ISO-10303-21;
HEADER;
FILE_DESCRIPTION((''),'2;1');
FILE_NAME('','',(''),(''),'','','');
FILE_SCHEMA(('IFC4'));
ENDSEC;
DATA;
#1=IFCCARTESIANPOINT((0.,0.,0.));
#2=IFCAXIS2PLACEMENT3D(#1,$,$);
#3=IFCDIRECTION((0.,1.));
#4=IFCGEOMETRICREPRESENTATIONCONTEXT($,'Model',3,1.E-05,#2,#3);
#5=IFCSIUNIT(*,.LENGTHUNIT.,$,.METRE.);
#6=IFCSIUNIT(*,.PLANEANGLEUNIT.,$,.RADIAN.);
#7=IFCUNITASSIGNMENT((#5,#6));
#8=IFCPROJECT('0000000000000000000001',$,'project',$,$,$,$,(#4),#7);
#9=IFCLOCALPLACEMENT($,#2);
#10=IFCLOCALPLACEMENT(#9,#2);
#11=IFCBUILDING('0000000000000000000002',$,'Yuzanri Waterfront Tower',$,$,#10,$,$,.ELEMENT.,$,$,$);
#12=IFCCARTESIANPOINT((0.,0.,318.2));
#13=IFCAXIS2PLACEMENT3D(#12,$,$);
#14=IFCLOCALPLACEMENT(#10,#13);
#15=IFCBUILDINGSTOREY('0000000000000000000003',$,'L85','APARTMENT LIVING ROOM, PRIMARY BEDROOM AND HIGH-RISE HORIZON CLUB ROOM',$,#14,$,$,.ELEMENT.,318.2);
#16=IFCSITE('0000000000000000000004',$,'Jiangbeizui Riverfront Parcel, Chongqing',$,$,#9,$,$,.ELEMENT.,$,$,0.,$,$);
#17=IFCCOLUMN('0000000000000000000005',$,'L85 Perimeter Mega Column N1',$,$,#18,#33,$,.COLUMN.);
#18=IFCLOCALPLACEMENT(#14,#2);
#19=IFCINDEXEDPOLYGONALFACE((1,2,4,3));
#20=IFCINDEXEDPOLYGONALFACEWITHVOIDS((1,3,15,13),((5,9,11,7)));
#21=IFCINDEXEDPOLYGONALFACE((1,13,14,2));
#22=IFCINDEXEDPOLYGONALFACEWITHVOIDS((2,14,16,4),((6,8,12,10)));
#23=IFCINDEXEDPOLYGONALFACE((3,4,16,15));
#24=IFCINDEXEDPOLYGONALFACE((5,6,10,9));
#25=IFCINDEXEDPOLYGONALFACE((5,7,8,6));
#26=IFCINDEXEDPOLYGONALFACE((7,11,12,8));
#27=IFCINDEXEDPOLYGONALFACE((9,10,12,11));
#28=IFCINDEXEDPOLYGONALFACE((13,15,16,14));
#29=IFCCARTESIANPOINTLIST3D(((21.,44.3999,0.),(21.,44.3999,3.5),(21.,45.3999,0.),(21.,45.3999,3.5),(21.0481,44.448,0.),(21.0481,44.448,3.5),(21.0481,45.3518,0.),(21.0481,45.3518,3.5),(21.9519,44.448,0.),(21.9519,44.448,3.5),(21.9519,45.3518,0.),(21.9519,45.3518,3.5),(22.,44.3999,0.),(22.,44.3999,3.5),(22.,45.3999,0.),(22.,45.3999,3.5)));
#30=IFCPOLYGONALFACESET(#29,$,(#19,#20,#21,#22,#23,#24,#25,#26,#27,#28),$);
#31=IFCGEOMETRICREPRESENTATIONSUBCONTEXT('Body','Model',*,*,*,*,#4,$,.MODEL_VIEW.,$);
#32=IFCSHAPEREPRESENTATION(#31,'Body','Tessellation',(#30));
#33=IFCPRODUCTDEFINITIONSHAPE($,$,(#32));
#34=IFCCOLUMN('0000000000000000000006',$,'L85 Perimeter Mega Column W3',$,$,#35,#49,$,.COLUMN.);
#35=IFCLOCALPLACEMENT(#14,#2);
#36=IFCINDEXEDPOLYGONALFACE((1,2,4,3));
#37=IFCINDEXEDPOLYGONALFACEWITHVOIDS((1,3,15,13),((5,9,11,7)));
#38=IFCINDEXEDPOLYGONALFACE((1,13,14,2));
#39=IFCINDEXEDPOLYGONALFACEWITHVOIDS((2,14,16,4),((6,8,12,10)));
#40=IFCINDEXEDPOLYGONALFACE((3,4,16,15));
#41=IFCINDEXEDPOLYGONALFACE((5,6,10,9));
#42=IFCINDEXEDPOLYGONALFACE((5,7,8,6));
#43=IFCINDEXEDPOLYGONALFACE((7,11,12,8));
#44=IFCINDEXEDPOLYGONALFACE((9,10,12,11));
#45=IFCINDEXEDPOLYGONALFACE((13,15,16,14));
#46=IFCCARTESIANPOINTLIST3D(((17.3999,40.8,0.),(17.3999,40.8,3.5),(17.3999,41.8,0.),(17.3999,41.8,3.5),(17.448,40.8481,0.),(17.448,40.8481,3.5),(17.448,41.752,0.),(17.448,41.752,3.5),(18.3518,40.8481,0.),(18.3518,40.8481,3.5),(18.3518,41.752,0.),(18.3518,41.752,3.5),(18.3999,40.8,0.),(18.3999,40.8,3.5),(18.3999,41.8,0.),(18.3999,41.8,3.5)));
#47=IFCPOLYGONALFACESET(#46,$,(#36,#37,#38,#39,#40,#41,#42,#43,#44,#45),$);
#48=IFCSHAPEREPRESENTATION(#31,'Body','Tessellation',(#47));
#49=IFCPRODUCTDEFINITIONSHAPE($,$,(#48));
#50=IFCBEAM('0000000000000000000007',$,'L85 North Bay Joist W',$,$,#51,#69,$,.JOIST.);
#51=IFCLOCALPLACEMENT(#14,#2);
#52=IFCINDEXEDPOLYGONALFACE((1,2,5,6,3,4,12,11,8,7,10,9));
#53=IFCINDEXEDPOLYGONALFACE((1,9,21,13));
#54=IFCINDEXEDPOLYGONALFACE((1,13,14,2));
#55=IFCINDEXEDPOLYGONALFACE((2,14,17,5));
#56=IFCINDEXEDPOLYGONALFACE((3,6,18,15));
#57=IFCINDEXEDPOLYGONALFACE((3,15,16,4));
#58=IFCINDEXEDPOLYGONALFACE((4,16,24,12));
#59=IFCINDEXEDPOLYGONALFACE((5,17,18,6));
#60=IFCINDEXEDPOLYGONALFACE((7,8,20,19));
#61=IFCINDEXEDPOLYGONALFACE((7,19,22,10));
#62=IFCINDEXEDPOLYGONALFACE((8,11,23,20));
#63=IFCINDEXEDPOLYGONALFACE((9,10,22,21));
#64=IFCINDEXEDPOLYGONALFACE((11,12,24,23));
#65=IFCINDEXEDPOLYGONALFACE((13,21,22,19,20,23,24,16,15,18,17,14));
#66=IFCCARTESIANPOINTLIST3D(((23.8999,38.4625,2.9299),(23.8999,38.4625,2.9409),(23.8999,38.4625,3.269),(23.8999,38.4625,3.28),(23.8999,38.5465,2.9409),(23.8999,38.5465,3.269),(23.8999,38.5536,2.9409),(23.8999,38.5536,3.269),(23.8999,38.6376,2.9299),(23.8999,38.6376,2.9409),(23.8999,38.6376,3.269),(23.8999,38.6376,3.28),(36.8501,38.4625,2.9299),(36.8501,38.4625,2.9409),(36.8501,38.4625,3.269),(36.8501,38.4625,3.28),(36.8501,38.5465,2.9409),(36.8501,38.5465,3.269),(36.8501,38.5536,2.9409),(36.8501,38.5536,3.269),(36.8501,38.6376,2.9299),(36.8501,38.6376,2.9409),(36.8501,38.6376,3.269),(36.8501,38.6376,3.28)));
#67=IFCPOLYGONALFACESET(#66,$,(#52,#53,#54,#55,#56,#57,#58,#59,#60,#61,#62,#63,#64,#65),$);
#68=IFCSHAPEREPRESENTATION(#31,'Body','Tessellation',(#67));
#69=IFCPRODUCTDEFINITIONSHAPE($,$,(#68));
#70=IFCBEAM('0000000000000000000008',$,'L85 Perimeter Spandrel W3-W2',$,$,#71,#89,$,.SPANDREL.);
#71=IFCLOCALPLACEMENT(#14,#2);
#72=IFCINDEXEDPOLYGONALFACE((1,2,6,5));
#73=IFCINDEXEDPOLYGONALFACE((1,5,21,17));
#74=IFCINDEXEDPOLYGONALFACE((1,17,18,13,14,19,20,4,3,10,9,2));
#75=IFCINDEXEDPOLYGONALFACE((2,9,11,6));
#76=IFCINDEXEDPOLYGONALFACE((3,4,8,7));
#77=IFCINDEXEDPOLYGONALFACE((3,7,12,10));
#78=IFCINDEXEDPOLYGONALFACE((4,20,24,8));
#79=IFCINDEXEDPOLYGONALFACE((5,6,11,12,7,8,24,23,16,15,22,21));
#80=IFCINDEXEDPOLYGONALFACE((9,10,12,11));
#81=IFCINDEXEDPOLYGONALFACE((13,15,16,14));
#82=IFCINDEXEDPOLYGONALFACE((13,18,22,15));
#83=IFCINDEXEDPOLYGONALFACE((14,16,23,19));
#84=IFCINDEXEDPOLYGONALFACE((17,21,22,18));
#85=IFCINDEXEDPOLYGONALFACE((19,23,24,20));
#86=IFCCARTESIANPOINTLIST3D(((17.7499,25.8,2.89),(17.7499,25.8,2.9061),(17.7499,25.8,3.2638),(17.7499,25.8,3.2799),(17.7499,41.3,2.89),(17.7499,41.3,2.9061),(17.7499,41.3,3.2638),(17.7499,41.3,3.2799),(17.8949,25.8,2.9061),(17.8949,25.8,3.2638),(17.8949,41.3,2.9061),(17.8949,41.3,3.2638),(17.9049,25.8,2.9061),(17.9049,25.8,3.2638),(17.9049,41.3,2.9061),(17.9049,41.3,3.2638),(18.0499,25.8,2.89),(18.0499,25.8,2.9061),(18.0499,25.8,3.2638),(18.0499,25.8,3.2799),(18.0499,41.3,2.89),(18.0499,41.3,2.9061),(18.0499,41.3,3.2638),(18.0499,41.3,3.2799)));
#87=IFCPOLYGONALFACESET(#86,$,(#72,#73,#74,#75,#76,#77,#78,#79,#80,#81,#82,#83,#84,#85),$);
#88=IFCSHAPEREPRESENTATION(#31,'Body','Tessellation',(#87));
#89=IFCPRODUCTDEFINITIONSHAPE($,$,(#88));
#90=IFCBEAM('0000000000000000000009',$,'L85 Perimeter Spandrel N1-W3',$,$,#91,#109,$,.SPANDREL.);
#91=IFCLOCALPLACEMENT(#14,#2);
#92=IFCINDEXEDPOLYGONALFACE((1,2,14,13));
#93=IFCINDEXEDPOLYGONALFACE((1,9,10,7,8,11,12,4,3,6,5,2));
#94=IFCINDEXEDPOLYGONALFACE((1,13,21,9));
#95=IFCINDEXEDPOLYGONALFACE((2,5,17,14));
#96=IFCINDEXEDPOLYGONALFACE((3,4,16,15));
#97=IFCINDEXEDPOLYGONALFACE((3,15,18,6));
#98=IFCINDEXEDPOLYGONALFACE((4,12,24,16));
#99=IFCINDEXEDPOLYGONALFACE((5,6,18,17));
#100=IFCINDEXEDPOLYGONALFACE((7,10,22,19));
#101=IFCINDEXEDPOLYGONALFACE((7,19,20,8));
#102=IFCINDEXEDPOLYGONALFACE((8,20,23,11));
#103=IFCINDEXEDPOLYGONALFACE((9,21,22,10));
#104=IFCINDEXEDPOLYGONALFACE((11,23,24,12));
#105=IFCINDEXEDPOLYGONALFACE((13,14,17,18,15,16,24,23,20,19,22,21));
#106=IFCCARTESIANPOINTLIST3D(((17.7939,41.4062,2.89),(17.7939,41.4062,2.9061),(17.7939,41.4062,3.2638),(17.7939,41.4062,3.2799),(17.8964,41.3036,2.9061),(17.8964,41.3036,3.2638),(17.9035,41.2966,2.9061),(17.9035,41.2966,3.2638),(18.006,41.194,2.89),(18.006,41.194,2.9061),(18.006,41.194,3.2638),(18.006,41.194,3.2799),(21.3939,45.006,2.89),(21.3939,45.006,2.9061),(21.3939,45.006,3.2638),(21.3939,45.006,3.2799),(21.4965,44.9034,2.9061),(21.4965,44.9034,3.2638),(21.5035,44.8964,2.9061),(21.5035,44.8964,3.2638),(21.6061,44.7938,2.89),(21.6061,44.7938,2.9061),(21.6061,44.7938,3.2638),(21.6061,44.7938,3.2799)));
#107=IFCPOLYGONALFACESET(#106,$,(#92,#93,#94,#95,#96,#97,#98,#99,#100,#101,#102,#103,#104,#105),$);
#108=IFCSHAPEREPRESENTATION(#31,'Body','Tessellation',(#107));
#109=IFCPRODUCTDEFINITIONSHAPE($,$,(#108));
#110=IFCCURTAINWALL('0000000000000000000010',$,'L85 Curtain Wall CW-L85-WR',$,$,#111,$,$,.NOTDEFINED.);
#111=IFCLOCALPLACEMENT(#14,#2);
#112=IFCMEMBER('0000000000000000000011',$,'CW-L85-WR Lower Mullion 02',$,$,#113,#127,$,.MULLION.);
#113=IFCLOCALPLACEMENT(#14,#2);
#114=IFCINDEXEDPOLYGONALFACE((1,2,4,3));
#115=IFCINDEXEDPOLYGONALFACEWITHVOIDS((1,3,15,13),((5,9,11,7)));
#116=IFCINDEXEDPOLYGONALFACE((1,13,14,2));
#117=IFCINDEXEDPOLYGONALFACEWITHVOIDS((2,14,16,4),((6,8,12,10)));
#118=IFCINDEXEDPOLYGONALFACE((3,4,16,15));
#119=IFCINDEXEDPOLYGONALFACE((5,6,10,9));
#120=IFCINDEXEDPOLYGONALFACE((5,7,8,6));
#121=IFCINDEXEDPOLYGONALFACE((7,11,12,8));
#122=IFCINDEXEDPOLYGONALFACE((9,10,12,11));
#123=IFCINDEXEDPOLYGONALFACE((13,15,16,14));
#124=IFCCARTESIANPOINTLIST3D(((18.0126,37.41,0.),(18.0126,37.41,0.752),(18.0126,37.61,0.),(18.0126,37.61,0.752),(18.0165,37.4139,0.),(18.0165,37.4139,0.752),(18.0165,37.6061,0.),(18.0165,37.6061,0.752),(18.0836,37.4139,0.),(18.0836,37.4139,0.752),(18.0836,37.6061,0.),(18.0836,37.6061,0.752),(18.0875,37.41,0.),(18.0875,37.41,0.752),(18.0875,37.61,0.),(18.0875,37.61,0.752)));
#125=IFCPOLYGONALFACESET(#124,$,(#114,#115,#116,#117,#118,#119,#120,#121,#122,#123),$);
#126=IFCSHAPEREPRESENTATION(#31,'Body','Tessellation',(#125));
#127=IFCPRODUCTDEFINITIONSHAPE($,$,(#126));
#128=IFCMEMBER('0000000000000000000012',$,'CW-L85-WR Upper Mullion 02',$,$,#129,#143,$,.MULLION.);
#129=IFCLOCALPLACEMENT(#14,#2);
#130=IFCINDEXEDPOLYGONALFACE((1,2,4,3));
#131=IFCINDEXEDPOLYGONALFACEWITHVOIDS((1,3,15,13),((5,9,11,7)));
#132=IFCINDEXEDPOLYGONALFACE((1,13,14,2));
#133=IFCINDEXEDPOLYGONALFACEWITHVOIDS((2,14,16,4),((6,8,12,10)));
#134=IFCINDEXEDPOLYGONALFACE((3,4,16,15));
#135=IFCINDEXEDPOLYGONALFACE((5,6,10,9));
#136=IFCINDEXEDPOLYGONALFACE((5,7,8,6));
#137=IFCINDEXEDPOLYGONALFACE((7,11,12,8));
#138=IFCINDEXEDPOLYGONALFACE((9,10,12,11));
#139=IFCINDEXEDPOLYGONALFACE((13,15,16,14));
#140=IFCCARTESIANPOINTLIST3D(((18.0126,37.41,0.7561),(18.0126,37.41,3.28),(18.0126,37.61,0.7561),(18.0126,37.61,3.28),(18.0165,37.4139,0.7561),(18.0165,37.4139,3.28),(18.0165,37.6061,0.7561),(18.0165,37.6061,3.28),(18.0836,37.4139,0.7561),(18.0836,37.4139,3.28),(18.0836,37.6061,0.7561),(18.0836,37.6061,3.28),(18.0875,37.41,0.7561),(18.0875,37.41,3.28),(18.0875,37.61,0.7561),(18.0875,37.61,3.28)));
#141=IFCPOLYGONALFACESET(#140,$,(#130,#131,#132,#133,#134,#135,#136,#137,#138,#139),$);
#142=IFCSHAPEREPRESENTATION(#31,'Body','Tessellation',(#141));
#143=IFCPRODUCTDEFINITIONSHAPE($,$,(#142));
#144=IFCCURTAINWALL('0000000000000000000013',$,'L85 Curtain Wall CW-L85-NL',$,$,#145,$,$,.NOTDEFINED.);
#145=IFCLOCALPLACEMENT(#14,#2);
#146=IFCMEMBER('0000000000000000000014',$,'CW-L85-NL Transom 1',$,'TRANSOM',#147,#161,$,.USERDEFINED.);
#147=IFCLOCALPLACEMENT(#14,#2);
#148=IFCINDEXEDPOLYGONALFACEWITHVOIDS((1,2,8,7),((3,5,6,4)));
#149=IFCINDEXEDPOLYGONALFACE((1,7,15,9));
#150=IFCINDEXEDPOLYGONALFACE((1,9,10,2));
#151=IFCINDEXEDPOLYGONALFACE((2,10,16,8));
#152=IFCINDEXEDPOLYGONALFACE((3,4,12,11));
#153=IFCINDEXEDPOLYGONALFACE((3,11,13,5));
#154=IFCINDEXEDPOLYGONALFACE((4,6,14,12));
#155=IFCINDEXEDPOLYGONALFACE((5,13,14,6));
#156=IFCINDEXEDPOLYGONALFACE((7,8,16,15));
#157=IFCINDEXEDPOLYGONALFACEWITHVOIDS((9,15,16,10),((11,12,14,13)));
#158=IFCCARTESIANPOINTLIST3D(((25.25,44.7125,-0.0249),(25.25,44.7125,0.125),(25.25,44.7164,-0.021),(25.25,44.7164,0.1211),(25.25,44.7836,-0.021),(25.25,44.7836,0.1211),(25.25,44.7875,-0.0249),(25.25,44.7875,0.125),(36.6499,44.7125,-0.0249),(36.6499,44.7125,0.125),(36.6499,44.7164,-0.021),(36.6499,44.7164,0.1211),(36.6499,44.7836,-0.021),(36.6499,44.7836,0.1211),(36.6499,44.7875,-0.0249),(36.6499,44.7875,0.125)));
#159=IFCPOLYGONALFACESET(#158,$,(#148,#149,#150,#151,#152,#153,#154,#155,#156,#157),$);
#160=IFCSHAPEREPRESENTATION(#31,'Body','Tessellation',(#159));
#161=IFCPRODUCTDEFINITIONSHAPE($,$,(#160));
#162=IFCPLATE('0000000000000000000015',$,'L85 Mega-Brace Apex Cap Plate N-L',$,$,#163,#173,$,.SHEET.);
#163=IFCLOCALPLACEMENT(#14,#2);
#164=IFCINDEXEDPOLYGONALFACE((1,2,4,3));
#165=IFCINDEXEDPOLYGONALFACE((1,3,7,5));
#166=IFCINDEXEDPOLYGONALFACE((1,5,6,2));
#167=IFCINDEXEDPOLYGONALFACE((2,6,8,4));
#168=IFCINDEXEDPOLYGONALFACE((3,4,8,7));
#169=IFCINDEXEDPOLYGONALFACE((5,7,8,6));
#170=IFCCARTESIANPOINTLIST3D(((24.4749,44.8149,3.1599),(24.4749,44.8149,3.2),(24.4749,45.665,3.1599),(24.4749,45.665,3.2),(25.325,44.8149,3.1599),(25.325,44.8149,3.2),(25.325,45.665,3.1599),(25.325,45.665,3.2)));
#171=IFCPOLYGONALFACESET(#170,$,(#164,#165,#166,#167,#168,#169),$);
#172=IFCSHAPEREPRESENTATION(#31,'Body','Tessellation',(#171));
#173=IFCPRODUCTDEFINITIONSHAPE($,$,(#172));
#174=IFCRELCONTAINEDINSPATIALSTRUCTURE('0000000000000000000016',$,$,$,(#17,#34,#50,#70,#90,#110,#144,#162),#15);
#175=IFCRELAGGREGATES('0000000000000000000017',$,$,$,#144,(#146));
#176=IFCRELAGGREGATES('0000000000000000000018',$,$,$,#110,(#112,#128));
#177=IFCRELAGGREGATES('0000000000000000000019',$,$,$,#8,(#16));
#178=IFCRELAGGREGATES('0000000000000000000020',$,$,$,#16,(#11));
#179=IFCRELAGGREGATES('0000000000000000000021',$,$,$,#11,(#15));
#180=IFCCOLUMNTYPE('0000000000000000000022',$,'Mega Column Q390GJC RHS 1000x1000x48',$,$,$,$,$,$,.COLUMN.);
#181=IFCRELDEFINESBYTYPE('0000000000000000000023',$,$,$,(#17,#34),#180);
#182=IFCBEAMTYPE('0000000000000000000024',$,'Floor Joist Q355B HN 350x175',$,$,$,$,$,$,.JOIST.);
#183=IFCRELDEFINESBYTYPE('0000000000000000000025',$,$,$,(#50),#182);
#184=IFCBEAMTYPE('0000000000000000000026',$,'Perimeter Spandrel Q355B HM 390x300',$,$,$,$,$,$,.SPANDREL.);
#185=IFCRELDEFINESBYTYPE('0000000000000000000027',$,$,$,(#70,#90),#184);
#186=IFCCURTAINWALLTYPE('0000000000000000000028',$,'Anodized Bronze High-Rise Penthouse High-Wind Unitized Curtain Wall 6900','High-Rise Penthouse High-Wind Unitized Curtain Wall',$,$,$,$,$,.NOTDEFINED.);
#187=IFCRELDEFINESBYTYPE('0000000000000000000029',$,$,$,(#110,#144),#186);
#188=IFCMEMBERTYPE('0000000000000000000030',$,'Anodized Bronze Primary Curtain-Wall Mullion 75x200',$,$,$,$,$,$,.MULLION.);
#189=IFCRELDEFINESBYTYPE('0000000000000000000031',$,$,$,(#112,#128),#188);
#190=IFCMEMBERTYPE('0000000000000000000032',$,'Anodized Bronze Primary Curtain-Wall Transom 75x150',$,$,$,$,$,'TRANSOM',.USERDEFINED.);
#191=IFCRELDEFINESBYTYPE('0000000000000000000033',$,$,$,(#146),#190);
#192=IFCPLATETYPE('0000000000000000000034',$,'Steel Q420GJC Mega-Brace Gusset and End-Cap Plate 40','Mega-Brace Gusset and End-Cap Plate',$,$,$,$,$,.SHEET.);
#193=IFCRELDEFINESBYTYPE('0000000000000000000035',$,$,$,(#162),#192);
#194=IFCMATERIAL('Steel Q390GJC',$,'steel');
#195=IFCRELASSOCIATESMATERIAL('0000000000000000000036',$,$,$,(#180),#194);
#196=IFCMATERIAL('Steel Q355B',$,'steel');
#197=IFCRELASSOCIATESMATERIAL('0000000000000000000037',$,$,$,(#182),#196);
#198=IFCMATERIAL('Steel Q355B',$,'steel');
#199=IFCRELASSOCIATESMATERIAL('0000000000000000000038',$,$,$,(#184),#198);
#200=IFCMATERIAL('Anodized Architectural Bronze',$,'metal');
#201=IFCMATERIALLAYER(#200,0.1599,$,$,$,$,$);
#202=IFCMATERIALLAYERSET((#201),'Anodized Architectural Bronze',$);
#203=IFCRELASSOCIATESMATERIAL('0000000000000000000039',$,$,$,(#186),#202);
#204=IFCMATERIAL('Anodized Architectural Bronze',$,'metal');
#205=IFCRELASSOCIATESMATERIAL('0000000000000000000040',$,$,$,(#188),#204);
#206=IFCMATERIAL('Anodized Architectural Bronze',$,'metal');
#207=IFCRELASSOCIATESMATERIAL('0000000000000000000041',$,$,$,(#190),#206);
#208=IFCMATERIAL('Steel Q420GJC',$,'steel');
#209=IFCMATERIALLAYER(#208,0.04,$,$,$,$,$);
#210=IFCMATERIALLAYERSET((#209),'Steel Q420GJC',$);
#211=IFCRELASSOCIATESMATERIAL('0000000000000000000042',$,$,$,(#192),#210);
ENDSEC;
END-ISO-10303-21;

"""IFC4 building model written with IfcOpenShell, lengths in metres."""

from ifc_helpers import new_model, si_unit, direction, frame, origin, origin_2d, place, context, subcontext, project, spatial, rectangle, hollow_rectangle, i_section, extrude, source, transform, mapped, material, layer, layer_set, material_profile, profile_set, type_object, element, aggregate, save


model = new_model("IFC4")

# Units and contexts
model_context = context("Model", 3, precision=1e-05, world=origin(), true_north=direction((0.0, 1.0)))
body_context = subcontext(model_context, "Body", "Model", "MODEL_VIEW")
ifc_project = project(units=[si_unit("LENGTHUNIT", "METRE"), si_unit("PLANEANGLEUNIT", "RADIAN")], contexts=[model_context])

# Site, building, storey
site_placement = place(None, origin())
site = spatial("IfcSite", under=ifc_project, at=site_placement, Name="Jiangbeizui Riverfront Parcel, Chongqing", CompositionType="ELEMENT", RefElevation=0.0)
building_placement = place(site_placement, origin())
building = spatial("IfcBuilding", under=site, at=building_placement, Name="Yuzanri Waterfront Tower", CompositionType="ELEMENT")
storey_placement = place(building_placement, frame((0.0, 0.0, 318.2)))
storey = spatial("IfcBuildingStorey", under=building, at=storey_placement, Name="L85", Description="APARTMENT LIVING ROOM, PRIMARY BEDROOM AND HIGH-RISE HORIZON CLUB ROOM", CompositionType="ELEMENT", Elevation=318.2)

# Columns
ifc_material_1 = material(Name="Steel Q390GJC", Category="steel")
ifc_material_profile_1 = material_profile(ifc_material_1, hollow_rectangle(XDim=1.0, YDim=1.0, WallThickness=0.0481, at=origin_2d()), Name="RHS 1000x1000x48")
ifc_profile_set_1 = profile_set([ifc_material_profile_1], Name="Steel Q390GJC")
column_type = type_object("IfcColumnType", Name="Mega Column Q390GJC RHS 1000x1000x48", PredefinedType="COLUMN", material=ifc_profile_set_1)
shared_shape_1 = source(origin(), body_context, "Body", "SweptSolid", [
    extrude(hollow_rectangle(XDim=1.0, YDim=1.0, WallThickness=0.0481, at=origin_2d()), origin(), (0.0, 0.0, 1.0), 3.5),
])
for number, where, z_axis, x_axis, name in (
    (1, (21.5, 44.8999, 0.0), (0.0, 0.0, 1.0), (1.0, 0.0, 0.0), "L85 Perimeter Mega Column N1"),
    (2, (17.8999, 41.3, 0.0), (0.0, 0.0, 1.0), (1.0, 0.0, 0.0), "L85 Perimeter Mega Column W3"),
):
    element("IfcColumn", number, at=place(storey_placement, frame(where, z_axis=z_axis, x_axis=x_axis)), inside=storey, type_object=column_type, Name=name, PredefinedType="COLUMN", context=body_context, shape_type="MappedRepresentation", body=[
        mapped(shared_shape_1, transform((0.0, 0.0, 0.0), scale=1.0)),
    ])

# Beams
ifc_material_2 = material(Name="Steel Q355B", Category="steel")
ifc_material_profile_2 = material_profile(ifc_material_2, i_section(OverallWidth=0.175, OverallDepth=0.3501, WebThickness=0.0071, FlangeThickness=0.011, at=origin_2d()), Name="HN 350x175x7x11")
ifc_profile_set_2 = profile_set([ifc_material_profile_2], Name="Steel Q355B")
beam_type_1 = type_object("IfcBeamType", Name="Floor Joist Q355B HN 350x175", PredefinedType="JOIST", material=ifc_profile_set_2)
shared_shape_2 = source(origin(), body_context, "Body", "SweptSolid", [
    extrude(i_section(OverallWidth=0.175, OverallDepth=0.3501, WebThickness=0.0071, FlangeThickness=0.011, at=origin_2d()), origin(), (0.0, 0.0, 1.0), 12.9502),
])
beam_1_placement = place(storey_placement, frame((23.8999, 38.55, 3.105), z_axis=(1.0, 0.0, 0.0), x_axis=(0.0, 1.0, 0.0)))
element("IfcBeam", 3, at=beam_1_placement, inside=storey, type_object=beam_type_1, Name="L85 North Bay Joist W", PredefinedType="JOIST", context=body_context, shape_type="MappedRepresentation", body=[
    mapped(shared_shape_2, transform((0.0, 0.0, 0.0), scale=1.0)),
])
ifc_material_3 = material(Name="Steel Q355B", Category="steel")
ifc_material_profile_3 = material_profile(ifc_material_3, i_section(OverallWidth=0.3, OverallDepth=0.3899, WebThickness=0.01, FlangeThickness=0.0161, at=origin_2d()), Name="HM 390x300x10x16")
ifc_profile_set_3 = profile_set([ifc_material_profile_3], Name="Steel Q355B")
beam_type_2 = type_object("IfcBeamType", Name="Perimeter Spandrel Q355B HM 390x300", PredefinedType="SPANDREL", material=ifc_profile_set_3)
shared_shape_3 = source(origin(), body_context, "Body", "SweptSolid", [
    extrude(i_section(OverallWidth=0.3, OverallDepth=0.3899, WebThickness=0.01, FlangeThickness=0.0161, at=origin_2d()), origin(), (0.0, 0.0, 1.0), 15.5),
])
beam_2_placement = place(storey_placement, frame((17.8999, 41.3, 3.085), z_axis=(0.0, -1.0, 0.0), x_axis=(1.0, 0.0, 0.0)))
element("IfcBeam", 4, at=beam_2_placement, inside=storey, type_object=beam_type_2, Name="L85 Perimeter Spandrel W3-W2", PredefinedType="SPANDREL", context=body_context, shape_type="MappedRepresentation", body=[
    mapped(shared_shape_3, transform((0.0, 0.0, 0.0), scale=1.0)),
])
shared_shape_4 = source(origin(), body_context, "Body", "SweptSolid", [
    extrude(i_section(OverallWidth=0.3, OverallDepth=0.3899, WebThickness=0.01, FlangeThickness=0.0161, at=origin_2d()), origin(), (0.0, 0.0, 1.0), 5.0911),
])
beam_3_placement = place(storey_placement, frame((21.5, 44.8999, 3.085), z_axis=(-0.707131, -0.707083, 0.0), x_axis=(0.707083, -0.707131, 0.0)))
element("IfcBeam", 5, at=beam_3_placement, inside=storey, type_object=beam_type_2, Name="L85 Perimeter Spandrel N1-W3", PredefinedType="SPANDREL", context=body_context, shape_type="MappedRepresentation", body=[
    mapped(shared_shape_4, transform((0.0, 0.0, 0.0), scale=1.0)),
])

# Curtain wall, members
ifc_material_4 = material(Name="Anodized Architectural Bronze", Category="metal")
ifc_layer_1 = layer(ifc_material_4, 0.1599)
ifc_layer_set_1 = layer_set([ifc_layer_1], Name="Anodized Architectural Bronze")
curtain_wall_type = type_object("IfcCurtainWallType", Name="Anodized Bronze High-Rise Penthouse High-Wind Unitized Curtain Wall 6900", Description="High-Rise Penthouse High-Wind Unitized Curtain Wall", PredefinedType="NOTDEFINED", material=ifc_layer_set_1)
curtain_wall_1_placement = place(storey_placement, origin())
curtain_wall_1 = element("IfcCurtainWall", 6, at=curtain_wall_1_placement, inside=storey, type_object=curtain_wall_type, Name="L85 Curtain Wall CW-L85-WR", PredefinedType="NOTDEFINED")
ifc_material_5 = material(Name="Anodized Architectural Bronze", Category="metal")
ifc_material_profile_4 = material_profile(ifc_material_5, hollow_rectangle(XDim=0.075, YDim=0.2, WallThickness=0.0039, at=origin_2d()), Name="CWM 75x200")
ifc_profile_set_4 = profile_set([ifc_material_profile_4], Name="Anodized Architectural Bronze")
member_type_1 = type_object("IfcMemberType", Name="Anodized Bronze Primary Curtain-Wall Mullion 75x200", PredefinedType="MULLION", material=ifc_profile_set_4)
shared_shape_5 = source(origin(), body_context, "Body", "SweptSolid", [
    extrude(hollow_rectangle(XDim=0.075, YDim=0.2, WallThickness=0.0039, at=origin_2d()), origin(), (0.0, 0.0, 1.0), 0.752),
])
member_1_placement = place(storey_placement, frame((18.05, 37.51, 0.0), z_axis=(0.0, 0.0, 1.0), x_axis=(1.0, 0.0, 0.0)))
member_1 = element("IfcMember", 7, at=member_1_placement, type_object=member_type_1, Name="CW-L85-WR Lower Mullion 02", PredefinedType="MULLION", context=body_context, shape_type="MappedRepresentation", body=[
    mapped(shared_shape_5, transform((0.0, 0.0, 0.0), scale=1.0)),
])
shared_shape_6 = source(origin(), body_context, "Body", "SweptSolid", [
    extrude(hollow_rectangle(XDim=0.075, YDim=0.2, WallThickness=0.0039, at=origin_2d()), origin(), (0.0, 0.0, 1.0), 2.5239),
])
member_2_placement = place(storey_placement, frame((18.05, 37.51, 0.7561), z_axis=(0.0, 0.0, 1.0), x_axis=(1.0, 0.0, 0.0)))
member_2 = element("IfcMember", 8, at=member_2_placement, type_object=member_type_1, Name="CW-L85-WR Upper Mullion 02", PredefinedType="MULLION", context=body_context, shape_type="MappedRepresentation", body=[
    mapped(shared_shape_6, transform((0.0, 0.0, 0.0), scale=1.0)),
])

# Curtain wall, member
curtain_wall_2_placement = place(storey_placement, origin())
curtain_wall_2 = element("IfcCurtainWall", 9, at=curtain_wall_2_placement, inside=storey, type_object=curtain_wall_type, Name="L85 Curtain Wall CW-L85-NL", PredefinedType="NOTDEFINED")
ifc_material_6 = material(Name="Anodized Architectural Bronze", Category="metal")
ifc_material_profile_5 = material_profile(ifc_material_6, hollow_rectangle(XDim=0.075, YDim=0.1499, WallThickness=0.0039, at=origin_2d()), Name="CWT 75x150")
ifc_profile_set_5 = profile_set([ifc_material_profile_5], Name="Anodized Architectural Bronze")
member_type_2 = type_object("IfcMemberType", Name="Anodized Bronze Primary Curtain-Wall Transom 75x150", ElementType="TRANSOM", PredefinedType="USERDEFINED", material=ifc_profile_set_5)
shared_shape_7 = source(origin(), body_context, "Body", "SweptSolid", [
    extrude(hollow_rectangle(XDim=0.075, YDim=0.1499, WallThickness=0.0039, at=origin_2d()), origin(), (0.0, 0.0, 1.0), 11.3999),
])
member_3_placement = place(storey_placement, frame((25.25, 44.75, 0.05), z_axis=(1.0, 0.0, 0.0), x_axis=(0.0, 1.0, 0.0)))
member_3 = element("IfcMember", 10, at=member_3_placement, type_object=member_type_2, Name="CW-L85-NL Transom 1", ObjectType="TRANSOM", PredefinedType="USERDEFINED", context=body_context, shape_type="MappedRepresentation", body=[
    mapped(shared_shape_7, transform((0.0, 0.0, 0.0), scale=1.0)),
])
aggregate(curtain_wall_2, [member_3])

# Plate
ifc_material_7 = material(Name="Steel Q420GJC", Category="steel")
ifc_layer_2 = layer(ifc_material_7, 0.04)
ifc_layer_set_2 = layer_set([ifc_layer_2], Name="Steel Q420GJC")
plate_type_1 = type_object("IfcPlateType", Name="Steel Q420GJC Mega-Brace Gusset and End-Cap Plate 40", Description="Mega-Brace Gusset and End-Cap Plate", PredefinedType="SHEET", material=ifc_layer_set_2)
shared_shape_8 = source(origin(), body_context, "Body", "SweptSolid", [
    extrude(rectangle(XDim=0.8501, YDim=0.8501, at=origin_2d()), origin(), (0.0, 0.0, 1.0), 0.04),
])
for number, where, z_axis, x_axis, name in (
    (11, (24.8999, 45.24, 3.1599), (0.0, 0.0, 1.0), (1.0, 0.0, 0.0), "L85 Mega-Brace Apex Cap Plate N-L"),
):
    element("IfcPlate", number, at=place(storey_placement, frame(where, z_axis=z_axis, x_axis=x_axis)), inside=storey, type_object=plate_type_1, Name=name, PredefinedType="SHEET", context=body_context, shape_type="MappedRepresentation", body=[
        mapped(shared_shape_8, transform((0.0, 0.0, 0.0), scale=1.0)),
    ])

aggregate(curtain_wall_1, [member_1, member_2])

save(model, "model.ifc")
